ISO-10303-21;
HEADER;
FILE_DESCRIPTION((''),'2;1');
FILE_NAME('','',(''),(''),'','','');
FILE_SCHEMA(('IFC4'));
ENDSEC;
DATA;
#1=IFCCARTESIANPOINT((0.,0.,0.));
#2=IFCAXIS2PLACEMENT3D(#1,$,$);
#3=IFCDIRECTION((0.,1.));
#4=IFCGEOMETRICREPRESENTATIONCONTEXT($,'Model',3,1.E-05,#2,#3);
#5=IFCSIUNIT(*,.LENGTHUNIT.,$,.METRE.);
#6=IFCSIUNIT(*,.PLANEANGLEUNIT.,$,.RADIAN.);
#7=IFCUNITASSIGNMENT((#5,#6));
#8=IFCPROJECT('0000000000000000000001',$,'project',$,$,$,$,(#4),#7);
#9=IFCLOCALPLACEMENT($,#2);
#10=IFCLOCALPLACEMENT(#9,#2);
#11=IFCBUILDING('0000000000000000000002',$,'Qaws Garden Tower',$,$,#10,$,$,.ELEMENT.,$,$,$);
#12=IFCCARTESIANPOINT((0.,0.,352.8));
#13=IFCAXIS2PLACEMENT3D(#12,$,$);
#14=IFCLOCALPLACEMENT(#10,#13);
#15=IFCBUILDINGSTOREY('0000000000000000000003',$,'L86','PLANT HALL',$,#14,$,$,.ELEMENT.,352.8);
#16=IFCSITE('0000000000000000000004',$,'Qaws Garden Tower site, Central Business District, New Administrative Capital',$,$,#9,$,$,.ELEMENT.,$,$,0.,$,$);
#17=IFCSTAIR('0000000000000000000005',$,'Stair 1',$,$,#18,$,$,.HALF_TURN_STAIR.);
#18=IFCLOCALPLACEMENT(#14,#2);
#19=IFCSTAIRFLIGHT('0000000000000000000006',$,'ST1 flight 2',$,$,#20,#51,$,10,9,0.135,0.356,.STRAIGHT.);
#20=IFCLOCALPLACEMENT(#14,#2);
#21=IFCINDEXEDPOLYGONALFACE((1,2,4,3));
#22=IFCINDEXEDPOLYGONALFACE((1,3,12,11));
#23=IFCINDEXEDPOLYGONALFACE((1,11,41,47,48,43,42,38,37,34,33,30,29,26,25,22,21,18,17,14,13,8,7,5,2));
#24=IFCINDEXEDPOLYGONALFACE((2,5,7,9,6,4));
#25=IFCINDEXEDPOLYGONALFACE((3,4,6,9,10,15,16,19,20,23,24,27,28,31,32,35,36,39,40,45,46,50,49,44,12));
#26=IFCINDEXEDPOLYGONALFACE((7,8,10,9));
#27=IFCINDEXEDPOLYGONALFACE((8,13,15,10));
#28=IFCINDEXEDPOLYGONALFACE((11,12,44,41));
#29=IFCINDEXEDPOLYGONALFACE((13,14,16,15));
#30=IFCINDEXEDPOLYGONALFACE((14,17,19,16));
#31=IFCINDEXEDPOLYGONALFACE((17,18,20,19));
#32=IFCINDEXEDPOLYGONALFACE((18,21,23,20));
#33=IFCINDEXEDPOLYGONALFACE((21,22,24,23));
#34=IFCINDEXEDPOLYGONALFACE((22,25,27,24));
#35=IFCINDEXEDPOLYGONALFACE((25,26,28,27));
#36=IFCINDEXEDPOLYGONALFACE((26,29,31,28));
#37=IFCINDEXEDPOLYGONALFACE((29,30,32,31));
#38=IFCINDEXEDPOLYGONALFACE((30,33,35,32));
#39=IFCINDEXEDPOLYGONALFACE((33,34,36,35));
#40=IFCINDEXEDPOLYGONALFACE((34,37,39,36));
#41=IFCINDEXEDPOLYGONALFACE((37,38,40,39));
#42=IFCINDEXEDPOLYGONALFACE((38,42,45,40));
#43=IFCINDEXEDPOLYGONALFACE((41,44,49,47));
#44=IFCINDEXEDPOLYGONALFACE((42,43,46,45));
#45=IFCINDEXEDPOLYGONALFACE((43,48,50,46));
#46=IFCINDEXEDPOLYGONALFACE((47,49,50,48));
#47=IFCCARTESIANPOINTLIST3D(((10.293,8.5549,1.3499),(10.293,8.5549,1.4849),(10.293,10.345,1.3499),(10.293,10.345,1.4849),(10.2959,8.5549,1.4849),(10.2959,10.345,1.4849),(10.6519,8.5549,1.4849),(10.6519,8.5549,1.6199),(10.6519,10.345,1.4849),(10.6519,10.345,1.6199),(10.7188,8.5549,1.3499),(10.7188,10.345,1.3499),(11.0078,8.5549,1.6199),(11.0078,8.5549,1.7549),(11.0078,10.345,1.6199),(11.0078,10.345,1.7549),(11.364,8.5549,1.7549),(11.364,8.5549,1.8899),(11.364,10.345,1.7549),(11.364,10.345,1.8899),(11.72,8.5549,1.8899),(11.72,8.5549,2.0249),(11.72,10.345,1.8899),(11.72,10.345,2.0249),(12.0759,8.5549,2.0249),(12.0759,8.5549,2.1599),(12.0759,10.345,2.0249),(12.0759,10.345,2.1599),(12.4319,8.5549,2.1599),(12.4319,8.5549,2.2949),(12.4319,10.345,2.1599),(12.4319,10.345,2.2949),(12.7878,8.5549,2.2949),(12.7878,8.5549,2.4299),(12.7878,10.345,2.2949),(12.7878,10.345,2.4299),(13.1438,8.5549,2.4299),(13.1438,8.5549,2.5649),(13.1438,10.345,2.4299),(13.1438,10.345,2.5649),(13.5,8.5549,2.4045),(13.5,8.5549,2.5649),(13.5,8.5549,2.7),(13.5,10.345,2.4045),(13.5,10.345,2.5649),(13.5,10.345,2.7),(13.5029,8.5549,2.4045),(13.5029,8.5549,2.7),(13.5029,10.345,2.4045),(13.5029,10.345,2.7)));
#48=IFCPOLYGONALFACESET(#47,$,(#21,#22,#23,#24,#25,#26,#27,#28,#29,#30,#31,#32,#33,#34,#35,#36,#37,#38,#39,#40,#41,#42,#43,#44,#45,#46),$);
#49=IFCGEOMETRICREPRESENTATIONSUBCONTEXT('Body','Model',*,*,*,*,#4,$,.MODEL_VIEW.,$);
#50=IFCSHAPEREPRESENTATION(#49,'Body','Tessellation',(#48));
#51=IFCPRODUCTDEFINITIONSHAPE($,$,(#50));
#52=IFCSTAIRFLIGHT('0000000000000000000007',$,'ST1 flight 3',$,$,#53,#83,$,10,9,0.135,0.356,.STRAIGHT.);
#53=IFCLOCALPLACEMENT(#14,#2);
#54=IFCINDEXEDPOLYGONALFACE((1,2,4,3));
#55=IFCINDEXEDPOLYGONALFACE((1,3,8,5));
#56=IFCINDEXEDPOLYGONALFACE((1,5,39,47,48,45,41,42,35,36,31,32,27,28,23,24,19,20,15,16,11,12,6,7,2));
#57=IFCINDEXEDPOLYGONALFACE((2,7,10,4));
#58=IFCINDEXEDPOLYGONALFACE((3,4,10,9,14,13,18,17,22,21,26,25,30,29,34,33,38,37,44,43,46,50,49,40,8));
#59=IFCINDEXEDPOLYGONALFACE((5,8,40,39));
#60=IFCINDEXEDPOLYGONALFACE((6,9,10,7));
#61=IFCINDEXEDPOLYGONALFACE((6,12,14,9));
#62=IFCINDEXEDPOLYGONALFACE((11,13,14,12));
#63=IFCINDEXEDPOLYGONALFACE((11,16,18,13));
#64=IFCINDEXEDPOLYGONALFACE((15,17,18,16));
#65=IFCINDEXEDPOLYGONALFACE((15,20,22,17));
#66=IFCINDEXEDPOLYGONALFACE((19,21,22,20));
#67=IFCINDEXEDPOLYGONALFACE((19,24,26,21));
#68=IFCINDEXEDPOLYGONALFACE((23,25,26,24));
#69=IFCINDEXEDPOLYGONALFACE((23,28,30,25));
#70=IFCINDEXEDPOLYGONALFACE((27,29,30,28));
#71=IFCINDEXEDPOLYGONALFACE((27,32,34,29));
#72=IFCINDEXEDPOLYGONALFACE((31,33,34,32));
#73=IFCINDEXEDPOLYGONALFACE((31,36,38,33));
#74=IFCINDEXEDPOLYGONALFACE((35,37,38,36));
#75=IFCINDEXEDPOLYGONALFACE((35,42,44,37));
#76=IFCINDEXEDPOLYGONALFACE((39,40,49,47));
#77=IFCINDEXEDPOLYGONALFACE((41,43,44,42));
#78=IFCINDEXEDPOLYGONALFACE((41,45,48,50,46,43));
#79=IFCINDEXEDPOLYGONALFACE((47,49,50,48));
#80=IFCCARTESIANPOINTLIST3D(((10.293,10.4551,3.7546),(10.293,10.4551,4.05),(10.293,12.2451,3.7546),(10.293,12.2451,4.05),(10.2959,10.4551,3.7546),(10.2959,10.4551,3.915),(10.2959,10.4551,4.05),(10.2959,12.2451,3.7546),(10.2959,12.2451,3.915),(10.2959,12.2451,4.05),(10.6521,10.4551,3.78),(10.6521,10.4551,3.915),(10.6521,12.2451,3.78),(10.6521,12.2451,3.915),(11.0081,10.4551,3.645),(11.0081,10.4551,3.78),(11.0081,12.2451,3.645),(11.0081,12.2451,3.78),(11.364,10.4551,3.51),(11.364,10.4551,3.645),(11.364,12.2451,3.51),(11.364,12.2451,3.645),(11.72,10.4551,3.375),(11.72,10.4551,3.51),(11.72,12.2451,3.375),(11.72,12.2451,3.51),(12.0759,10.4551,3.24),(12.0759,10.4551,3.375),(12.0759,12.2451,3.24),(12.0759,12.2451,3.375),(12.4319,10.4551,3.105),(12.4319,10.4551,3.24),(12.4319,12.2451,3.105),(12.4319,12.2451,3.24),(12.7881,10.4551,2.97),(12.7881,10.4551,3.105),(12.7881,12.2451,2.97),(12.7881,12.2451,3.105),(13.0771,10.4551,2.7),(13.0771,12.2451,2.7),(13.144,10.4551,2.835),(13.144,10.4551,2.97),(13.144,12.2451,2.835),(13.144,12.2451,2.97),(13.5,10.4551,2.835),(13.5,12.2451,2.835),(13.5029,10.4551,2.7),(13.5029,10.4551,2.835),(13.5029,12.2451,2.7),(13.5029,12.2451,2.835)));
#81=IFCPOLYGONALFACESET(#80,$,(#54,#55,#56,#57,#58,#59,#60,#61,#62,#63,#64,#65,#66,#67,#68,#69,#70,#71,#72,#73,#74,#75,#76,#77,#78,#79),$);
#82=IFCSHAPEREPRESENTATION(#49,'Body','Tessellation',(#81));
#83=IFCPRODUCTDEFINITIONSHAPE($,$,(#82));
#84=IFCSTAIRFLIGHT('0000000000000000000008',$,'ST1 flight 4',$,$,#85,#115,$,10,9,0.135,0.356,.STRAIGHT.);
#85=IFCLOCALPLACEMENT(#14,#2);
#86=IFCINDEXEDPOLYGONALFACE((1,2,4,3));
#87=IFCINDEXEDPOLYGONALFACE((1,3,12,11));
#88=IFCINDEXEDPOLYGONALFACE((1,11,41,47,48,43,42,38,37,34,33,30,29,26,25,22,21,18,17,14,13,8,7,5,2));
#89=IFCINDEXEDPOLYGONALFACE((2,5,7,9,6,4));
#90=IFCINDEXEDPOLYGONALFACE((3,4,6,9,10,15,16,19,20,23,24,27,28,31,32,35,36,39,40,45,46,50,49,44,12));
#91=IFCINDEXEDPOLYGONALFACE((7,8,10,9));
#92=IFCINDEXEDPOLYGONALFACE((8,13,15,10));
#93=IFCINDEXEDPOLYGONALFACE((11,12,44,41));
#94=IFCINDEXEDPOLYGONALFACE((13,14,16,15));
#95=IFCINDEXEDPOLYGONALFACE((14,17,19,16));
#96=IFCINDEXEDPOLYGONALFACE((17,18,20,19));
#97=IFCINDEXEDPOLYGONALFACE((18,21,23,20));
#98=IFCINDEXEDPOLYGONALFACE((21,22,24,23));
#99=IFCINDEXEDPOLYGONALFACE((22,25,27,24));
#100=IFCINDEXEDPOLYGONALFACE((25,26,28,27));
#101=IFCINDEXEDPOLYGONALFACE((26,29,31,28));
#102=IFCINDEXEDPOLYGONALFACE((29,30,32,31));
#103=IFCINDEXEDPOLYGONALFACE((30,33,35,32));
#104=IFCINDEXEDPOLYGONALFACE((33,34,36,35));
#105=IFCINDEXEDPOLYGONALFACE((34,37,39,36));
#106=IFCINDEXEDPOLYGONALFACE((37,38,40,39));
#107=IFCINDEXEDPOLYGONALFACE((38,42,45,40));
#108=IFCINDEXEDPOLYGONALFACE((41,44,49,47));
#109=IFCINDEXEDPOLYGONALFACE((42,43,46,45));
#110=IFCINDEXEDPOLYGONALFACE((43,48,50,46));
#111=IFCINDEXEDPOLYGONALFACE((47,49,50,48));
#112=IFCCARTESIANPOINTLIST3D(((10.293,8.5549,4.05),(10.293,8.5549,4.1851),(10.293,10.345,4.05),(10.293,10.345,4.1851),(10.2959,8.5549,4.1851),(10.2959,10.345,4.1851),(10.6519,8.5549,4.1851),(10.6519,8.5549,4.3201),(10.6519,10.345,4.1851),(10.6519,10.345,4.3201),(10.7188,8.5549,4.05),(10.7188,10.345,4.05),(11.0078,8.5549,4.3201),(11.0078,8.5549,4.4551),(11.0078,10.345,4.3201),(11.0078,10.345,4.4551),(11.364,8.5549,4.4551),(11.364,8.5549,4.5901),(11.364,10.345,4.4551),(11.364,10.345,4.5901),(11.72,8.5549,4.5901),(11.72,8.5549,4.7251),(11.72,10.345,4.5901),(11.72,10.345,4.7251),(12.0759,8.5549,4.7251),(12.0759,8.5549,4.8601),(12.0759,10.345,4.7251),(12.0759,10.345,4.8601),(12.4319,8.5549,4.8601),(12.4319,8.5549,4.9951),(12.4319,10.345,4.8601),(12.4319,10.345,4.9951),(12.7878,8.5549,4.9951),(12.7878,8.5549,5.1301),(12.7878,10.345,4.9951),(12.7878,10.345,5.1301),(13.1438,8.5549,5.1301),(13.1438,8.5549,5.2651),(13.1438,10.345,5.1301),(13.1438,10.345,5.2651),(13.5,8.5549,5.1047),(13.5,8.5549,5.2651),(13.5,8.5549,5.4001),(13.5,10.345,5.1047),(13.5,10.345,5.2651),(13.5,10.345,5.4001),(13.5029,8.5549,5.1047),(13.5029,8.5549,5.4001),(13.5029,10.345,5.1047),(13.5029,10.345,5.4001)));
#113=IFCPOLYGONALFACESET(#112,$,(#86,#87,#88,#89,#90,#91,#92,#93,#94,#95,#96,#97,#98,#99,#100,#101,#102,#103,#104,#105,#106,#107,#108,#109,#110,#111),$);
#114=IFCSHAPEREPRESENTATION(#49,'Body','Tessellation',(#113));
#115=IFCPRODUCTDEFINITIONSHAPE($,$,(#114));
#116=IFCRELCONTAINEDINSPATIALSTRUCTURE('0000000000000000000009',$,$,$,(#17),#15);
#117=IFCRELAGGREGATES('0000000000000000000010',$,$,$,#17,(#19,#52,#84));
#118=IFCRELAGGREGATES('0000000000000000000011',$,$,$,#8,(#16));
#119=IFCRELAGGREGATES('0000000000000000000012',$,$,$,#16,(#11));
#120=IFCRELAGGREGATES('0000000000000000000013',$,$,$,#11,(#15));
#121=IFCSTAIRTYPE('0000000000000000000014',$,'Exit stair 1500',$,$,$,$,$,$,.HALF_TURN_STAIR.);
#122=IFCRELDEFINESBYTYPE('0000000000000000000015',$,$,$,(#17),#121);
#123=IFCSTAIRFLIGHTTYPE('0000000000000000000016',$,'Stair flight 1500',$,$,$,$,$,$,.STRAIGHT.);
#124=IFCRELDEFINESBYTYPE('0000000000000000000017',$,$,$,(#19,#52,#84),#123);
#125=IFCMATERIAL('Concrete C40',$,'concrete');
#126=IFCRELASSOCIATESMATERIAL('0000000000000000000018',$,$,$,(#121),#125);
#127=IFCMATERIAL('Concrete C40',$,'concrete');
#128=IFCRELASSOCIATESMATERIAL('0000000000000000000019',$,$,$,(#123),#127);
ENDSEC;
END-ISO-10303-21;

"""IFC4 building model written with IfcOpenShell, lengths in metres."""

from ifc_helpers import new_model, si_unit, direction, frame, origin, place, context, subcontext, project, spatial, polyline, outline, extrude, material, type_object, element, aggregate, save


model = new_model("IFC4")

# Units and contexts
model_context = context("Model", 3, precision=1e-05, world=origin(), true_north=direction((0.0, 1.0)))
body_context = subcontext(model_context, "Body", "Model", "MODEL_VIEW")
ifc_project = project(units=[si_unit("LENGTHUNIT", "METRE"), si_unit("PLANEANGLEUNIT", "RADIAN")], contexts=[model_context])

# Site, building, storey
site_placement = place(None, origin())
site = spatial("IfcSite", under=ifc_project, at=site_placement, Name="Qaws Garden Tower site, Central Business District, New Administrative Capital", CompositionType="ELEMENT", RefElevation=0.0)
building_placement = place(site_placement, origin())
building = spatial("IfcBuilding", under=site, at=building_placement, Name="Qaws Garden Tower", CompositionType="ELEMENT")
storey_placement = place(building_placement, frame((0.0, 0.0, 352.8)))
storey = spatial("IfcBuildingStorey", under=building, at=storey_placement, Name="L86", Description="PLANT HALL", CompositionType="ELEMENT", Elevation=352.8)

# Stair, stair flights
ifc_material_1 = material(Name="Concrete C40", Category="concrete")
stair_type = type_object("IfcStairType", Name="Exit stair 1500", PredefinedType="HALF_TURN_STAIR", material=ifc_material_1)
stair_placement = place(storey_placement, origin())
stair = element("IfcStair", 1, at=stair_placement, inside=storey, type_object=stair_type, Name="Stair 1", PredefinedType="HALF_TURN_STAIR")
ifc_material_2 = material(Name="Concrete C40", Category="concrete")
stair_flight_type = type_object("IfcStairFlightType", Name="Stair flight 1500", PredefinedType="STRAIGHT", material=ifc_material_2)
stair_flight_1_placement = place(storey_placement, frame((10.2959, 9.45, 1.3499), z_axis=(0.0, 0.0, 1.0), x_axis=(1.0, 0.0, 0.0)))
stair_flight_1 = element("IfcStairFlight", 2, at=stair_flight_1_placement, type_object=stair_flight_type, Name="ST1 flight 2", NumberOfRisers=10, NumberOfTreads=9, PredefinedType="STRAIGHT", RiserHeight=0.135, TreadLength=0.356, context=body_context, shape_type="SweptSolid", body=[
    extrude(outline(polyline([(-0.0029, 0.0), (-0.0029, 0.135), (0.0, 0.135), (0.356, 0.135), (0.356, 0.27), (0.7119, 0.27), (0.7119, 0.405), (1.0681, 0.405), (1.0681, 0.54), (1.4241, 0.54), (1.4241, 0.675), (1.78, 0.675), (1.78, 0.8101), (2.136, 0.8101), (2.136, 0.9451), (2.4919, 0.9451), (2.4919, 1.0801), (2.8479, 1.0801), (2.8479, 1.2151), (3.2041, 1.2151), (3.2041, 1.3501), (3.207, 1.3501), (3.207, 1.0547), (3.2041, 1.0547), (0.4229, 0.0), (-0.0029, 0.0)])), frame((0.0, 0.895, 0.0), z_axis=(0.0, -1.0, 0.0), x_axis=(1.0, 0.0, 0.0)), (0.0, 0.0, 1.0), 1.79),
])
stair_flight_2_placement = place(storey_placement, frame((13.5, 11.3501, 2.7), z_axis=(0.0, 0.0, 1.0), x_axis=(-1.0, 0.0, 0.0)))
stair_flight_2 = element("IfcStairFlight", 3, at=stair_flight_2_placement, type_object=stair_flight_type, Name="ST1 flight 3", NumberOfRisers=10, NumberOfTreads=9, PredefinedType="STRAIGHT", RiserHeight=0.135, TreadLength=0.356, context=body_context, shape_type="SweptSolid", body=[
    extrude(outline(polyline([(-0.0029, 0.0), (-0.0029, 0.135), (0.0, 0.135), (0.356, 0.135), (0.356, 0.27), (0.7119, 0.27), (0.7119, 0.405), (1.0681, 0.405), (1.0681, 0.54), (1.4241, 0.54), (1.4241, 0.675), (1.78, 0.675), (1.78, 0.8101), (2.136, 0.8101), (2.136, 0.9451), (2.4919, 0.9451), (2.4919, 1.0801), (2.8479, 1.0801), (2.8479, 1.2151), (3.2041, 1.2151), (3.2041, 1.3501), (3.207, 1.3501), (3.207, 1.0547), (3.2041, 1.0547), (0.4229, 0.0), (-0.0029, 0.0)])), frame((0.0, 0.895, 0.0), z_axis=(0.0, -1.0, 0.0), x_axis=(1.0, 0.0, 0.0)), (0.0, 0.0, 1.0), 1.79),
])
stair_flight_3_placement = place(storey_placement, frame((10.2959, 9.45, 4.05), z_axis=(0.0, 0.0, 1.0), x_axis=(1.0, 0.0, 0.0)))
stair_flight_3 = element("IfcStairFlight", 4, at=stair_flight_3_placement, type_object=stair_flight_type, Name="ST1 flight 4", NumberOfRisers=10, NumberOfTreads=9, PredefinedType="STRAIGHT", RiserHeight=0.135, TreadLength=0.356, context=body_context, shape_type="SweptSolid", body=[
    extrude(outline(polyline([(-0.0029, 0.0), (-0.0029, 0.135), (0.0, 0.135), (0.356, 0.135), (0.356, 0.27), (0.7119, 0.27), (0.7119, 0.405), (1.0681, 0.405), (1.0681, 0.54), (1.4241, 0.54), (1.4241, 0.675), (1.78, 0.675), (1.78, 0.8101), (2.136, 0.8101), (2.136, 0.9451), (2.4919, 0.9451), (2.4919, 1.0801), (2.8479, 1.0801), (2.8479, 1.2151), (3.2041, 1.2151), (3.2041, 1.3501), (3.207, 1.3501), (3.207, 1.0547), (3.2041, 1.0547), (0.4229, 0.0), (-0.0029, 0.0)])), frame((0.0, 0.895, 0.0), z_axis=(0.0, -1.0, 0.0), x_axis=(1.0, 0.0, 0.0)), (0.0, 0.0, 1.0), 1.79),
])
aggregate(stair, [stair_flight_1, stair_flight_2, stair_flight_3])

save(model, "model.ifc")
